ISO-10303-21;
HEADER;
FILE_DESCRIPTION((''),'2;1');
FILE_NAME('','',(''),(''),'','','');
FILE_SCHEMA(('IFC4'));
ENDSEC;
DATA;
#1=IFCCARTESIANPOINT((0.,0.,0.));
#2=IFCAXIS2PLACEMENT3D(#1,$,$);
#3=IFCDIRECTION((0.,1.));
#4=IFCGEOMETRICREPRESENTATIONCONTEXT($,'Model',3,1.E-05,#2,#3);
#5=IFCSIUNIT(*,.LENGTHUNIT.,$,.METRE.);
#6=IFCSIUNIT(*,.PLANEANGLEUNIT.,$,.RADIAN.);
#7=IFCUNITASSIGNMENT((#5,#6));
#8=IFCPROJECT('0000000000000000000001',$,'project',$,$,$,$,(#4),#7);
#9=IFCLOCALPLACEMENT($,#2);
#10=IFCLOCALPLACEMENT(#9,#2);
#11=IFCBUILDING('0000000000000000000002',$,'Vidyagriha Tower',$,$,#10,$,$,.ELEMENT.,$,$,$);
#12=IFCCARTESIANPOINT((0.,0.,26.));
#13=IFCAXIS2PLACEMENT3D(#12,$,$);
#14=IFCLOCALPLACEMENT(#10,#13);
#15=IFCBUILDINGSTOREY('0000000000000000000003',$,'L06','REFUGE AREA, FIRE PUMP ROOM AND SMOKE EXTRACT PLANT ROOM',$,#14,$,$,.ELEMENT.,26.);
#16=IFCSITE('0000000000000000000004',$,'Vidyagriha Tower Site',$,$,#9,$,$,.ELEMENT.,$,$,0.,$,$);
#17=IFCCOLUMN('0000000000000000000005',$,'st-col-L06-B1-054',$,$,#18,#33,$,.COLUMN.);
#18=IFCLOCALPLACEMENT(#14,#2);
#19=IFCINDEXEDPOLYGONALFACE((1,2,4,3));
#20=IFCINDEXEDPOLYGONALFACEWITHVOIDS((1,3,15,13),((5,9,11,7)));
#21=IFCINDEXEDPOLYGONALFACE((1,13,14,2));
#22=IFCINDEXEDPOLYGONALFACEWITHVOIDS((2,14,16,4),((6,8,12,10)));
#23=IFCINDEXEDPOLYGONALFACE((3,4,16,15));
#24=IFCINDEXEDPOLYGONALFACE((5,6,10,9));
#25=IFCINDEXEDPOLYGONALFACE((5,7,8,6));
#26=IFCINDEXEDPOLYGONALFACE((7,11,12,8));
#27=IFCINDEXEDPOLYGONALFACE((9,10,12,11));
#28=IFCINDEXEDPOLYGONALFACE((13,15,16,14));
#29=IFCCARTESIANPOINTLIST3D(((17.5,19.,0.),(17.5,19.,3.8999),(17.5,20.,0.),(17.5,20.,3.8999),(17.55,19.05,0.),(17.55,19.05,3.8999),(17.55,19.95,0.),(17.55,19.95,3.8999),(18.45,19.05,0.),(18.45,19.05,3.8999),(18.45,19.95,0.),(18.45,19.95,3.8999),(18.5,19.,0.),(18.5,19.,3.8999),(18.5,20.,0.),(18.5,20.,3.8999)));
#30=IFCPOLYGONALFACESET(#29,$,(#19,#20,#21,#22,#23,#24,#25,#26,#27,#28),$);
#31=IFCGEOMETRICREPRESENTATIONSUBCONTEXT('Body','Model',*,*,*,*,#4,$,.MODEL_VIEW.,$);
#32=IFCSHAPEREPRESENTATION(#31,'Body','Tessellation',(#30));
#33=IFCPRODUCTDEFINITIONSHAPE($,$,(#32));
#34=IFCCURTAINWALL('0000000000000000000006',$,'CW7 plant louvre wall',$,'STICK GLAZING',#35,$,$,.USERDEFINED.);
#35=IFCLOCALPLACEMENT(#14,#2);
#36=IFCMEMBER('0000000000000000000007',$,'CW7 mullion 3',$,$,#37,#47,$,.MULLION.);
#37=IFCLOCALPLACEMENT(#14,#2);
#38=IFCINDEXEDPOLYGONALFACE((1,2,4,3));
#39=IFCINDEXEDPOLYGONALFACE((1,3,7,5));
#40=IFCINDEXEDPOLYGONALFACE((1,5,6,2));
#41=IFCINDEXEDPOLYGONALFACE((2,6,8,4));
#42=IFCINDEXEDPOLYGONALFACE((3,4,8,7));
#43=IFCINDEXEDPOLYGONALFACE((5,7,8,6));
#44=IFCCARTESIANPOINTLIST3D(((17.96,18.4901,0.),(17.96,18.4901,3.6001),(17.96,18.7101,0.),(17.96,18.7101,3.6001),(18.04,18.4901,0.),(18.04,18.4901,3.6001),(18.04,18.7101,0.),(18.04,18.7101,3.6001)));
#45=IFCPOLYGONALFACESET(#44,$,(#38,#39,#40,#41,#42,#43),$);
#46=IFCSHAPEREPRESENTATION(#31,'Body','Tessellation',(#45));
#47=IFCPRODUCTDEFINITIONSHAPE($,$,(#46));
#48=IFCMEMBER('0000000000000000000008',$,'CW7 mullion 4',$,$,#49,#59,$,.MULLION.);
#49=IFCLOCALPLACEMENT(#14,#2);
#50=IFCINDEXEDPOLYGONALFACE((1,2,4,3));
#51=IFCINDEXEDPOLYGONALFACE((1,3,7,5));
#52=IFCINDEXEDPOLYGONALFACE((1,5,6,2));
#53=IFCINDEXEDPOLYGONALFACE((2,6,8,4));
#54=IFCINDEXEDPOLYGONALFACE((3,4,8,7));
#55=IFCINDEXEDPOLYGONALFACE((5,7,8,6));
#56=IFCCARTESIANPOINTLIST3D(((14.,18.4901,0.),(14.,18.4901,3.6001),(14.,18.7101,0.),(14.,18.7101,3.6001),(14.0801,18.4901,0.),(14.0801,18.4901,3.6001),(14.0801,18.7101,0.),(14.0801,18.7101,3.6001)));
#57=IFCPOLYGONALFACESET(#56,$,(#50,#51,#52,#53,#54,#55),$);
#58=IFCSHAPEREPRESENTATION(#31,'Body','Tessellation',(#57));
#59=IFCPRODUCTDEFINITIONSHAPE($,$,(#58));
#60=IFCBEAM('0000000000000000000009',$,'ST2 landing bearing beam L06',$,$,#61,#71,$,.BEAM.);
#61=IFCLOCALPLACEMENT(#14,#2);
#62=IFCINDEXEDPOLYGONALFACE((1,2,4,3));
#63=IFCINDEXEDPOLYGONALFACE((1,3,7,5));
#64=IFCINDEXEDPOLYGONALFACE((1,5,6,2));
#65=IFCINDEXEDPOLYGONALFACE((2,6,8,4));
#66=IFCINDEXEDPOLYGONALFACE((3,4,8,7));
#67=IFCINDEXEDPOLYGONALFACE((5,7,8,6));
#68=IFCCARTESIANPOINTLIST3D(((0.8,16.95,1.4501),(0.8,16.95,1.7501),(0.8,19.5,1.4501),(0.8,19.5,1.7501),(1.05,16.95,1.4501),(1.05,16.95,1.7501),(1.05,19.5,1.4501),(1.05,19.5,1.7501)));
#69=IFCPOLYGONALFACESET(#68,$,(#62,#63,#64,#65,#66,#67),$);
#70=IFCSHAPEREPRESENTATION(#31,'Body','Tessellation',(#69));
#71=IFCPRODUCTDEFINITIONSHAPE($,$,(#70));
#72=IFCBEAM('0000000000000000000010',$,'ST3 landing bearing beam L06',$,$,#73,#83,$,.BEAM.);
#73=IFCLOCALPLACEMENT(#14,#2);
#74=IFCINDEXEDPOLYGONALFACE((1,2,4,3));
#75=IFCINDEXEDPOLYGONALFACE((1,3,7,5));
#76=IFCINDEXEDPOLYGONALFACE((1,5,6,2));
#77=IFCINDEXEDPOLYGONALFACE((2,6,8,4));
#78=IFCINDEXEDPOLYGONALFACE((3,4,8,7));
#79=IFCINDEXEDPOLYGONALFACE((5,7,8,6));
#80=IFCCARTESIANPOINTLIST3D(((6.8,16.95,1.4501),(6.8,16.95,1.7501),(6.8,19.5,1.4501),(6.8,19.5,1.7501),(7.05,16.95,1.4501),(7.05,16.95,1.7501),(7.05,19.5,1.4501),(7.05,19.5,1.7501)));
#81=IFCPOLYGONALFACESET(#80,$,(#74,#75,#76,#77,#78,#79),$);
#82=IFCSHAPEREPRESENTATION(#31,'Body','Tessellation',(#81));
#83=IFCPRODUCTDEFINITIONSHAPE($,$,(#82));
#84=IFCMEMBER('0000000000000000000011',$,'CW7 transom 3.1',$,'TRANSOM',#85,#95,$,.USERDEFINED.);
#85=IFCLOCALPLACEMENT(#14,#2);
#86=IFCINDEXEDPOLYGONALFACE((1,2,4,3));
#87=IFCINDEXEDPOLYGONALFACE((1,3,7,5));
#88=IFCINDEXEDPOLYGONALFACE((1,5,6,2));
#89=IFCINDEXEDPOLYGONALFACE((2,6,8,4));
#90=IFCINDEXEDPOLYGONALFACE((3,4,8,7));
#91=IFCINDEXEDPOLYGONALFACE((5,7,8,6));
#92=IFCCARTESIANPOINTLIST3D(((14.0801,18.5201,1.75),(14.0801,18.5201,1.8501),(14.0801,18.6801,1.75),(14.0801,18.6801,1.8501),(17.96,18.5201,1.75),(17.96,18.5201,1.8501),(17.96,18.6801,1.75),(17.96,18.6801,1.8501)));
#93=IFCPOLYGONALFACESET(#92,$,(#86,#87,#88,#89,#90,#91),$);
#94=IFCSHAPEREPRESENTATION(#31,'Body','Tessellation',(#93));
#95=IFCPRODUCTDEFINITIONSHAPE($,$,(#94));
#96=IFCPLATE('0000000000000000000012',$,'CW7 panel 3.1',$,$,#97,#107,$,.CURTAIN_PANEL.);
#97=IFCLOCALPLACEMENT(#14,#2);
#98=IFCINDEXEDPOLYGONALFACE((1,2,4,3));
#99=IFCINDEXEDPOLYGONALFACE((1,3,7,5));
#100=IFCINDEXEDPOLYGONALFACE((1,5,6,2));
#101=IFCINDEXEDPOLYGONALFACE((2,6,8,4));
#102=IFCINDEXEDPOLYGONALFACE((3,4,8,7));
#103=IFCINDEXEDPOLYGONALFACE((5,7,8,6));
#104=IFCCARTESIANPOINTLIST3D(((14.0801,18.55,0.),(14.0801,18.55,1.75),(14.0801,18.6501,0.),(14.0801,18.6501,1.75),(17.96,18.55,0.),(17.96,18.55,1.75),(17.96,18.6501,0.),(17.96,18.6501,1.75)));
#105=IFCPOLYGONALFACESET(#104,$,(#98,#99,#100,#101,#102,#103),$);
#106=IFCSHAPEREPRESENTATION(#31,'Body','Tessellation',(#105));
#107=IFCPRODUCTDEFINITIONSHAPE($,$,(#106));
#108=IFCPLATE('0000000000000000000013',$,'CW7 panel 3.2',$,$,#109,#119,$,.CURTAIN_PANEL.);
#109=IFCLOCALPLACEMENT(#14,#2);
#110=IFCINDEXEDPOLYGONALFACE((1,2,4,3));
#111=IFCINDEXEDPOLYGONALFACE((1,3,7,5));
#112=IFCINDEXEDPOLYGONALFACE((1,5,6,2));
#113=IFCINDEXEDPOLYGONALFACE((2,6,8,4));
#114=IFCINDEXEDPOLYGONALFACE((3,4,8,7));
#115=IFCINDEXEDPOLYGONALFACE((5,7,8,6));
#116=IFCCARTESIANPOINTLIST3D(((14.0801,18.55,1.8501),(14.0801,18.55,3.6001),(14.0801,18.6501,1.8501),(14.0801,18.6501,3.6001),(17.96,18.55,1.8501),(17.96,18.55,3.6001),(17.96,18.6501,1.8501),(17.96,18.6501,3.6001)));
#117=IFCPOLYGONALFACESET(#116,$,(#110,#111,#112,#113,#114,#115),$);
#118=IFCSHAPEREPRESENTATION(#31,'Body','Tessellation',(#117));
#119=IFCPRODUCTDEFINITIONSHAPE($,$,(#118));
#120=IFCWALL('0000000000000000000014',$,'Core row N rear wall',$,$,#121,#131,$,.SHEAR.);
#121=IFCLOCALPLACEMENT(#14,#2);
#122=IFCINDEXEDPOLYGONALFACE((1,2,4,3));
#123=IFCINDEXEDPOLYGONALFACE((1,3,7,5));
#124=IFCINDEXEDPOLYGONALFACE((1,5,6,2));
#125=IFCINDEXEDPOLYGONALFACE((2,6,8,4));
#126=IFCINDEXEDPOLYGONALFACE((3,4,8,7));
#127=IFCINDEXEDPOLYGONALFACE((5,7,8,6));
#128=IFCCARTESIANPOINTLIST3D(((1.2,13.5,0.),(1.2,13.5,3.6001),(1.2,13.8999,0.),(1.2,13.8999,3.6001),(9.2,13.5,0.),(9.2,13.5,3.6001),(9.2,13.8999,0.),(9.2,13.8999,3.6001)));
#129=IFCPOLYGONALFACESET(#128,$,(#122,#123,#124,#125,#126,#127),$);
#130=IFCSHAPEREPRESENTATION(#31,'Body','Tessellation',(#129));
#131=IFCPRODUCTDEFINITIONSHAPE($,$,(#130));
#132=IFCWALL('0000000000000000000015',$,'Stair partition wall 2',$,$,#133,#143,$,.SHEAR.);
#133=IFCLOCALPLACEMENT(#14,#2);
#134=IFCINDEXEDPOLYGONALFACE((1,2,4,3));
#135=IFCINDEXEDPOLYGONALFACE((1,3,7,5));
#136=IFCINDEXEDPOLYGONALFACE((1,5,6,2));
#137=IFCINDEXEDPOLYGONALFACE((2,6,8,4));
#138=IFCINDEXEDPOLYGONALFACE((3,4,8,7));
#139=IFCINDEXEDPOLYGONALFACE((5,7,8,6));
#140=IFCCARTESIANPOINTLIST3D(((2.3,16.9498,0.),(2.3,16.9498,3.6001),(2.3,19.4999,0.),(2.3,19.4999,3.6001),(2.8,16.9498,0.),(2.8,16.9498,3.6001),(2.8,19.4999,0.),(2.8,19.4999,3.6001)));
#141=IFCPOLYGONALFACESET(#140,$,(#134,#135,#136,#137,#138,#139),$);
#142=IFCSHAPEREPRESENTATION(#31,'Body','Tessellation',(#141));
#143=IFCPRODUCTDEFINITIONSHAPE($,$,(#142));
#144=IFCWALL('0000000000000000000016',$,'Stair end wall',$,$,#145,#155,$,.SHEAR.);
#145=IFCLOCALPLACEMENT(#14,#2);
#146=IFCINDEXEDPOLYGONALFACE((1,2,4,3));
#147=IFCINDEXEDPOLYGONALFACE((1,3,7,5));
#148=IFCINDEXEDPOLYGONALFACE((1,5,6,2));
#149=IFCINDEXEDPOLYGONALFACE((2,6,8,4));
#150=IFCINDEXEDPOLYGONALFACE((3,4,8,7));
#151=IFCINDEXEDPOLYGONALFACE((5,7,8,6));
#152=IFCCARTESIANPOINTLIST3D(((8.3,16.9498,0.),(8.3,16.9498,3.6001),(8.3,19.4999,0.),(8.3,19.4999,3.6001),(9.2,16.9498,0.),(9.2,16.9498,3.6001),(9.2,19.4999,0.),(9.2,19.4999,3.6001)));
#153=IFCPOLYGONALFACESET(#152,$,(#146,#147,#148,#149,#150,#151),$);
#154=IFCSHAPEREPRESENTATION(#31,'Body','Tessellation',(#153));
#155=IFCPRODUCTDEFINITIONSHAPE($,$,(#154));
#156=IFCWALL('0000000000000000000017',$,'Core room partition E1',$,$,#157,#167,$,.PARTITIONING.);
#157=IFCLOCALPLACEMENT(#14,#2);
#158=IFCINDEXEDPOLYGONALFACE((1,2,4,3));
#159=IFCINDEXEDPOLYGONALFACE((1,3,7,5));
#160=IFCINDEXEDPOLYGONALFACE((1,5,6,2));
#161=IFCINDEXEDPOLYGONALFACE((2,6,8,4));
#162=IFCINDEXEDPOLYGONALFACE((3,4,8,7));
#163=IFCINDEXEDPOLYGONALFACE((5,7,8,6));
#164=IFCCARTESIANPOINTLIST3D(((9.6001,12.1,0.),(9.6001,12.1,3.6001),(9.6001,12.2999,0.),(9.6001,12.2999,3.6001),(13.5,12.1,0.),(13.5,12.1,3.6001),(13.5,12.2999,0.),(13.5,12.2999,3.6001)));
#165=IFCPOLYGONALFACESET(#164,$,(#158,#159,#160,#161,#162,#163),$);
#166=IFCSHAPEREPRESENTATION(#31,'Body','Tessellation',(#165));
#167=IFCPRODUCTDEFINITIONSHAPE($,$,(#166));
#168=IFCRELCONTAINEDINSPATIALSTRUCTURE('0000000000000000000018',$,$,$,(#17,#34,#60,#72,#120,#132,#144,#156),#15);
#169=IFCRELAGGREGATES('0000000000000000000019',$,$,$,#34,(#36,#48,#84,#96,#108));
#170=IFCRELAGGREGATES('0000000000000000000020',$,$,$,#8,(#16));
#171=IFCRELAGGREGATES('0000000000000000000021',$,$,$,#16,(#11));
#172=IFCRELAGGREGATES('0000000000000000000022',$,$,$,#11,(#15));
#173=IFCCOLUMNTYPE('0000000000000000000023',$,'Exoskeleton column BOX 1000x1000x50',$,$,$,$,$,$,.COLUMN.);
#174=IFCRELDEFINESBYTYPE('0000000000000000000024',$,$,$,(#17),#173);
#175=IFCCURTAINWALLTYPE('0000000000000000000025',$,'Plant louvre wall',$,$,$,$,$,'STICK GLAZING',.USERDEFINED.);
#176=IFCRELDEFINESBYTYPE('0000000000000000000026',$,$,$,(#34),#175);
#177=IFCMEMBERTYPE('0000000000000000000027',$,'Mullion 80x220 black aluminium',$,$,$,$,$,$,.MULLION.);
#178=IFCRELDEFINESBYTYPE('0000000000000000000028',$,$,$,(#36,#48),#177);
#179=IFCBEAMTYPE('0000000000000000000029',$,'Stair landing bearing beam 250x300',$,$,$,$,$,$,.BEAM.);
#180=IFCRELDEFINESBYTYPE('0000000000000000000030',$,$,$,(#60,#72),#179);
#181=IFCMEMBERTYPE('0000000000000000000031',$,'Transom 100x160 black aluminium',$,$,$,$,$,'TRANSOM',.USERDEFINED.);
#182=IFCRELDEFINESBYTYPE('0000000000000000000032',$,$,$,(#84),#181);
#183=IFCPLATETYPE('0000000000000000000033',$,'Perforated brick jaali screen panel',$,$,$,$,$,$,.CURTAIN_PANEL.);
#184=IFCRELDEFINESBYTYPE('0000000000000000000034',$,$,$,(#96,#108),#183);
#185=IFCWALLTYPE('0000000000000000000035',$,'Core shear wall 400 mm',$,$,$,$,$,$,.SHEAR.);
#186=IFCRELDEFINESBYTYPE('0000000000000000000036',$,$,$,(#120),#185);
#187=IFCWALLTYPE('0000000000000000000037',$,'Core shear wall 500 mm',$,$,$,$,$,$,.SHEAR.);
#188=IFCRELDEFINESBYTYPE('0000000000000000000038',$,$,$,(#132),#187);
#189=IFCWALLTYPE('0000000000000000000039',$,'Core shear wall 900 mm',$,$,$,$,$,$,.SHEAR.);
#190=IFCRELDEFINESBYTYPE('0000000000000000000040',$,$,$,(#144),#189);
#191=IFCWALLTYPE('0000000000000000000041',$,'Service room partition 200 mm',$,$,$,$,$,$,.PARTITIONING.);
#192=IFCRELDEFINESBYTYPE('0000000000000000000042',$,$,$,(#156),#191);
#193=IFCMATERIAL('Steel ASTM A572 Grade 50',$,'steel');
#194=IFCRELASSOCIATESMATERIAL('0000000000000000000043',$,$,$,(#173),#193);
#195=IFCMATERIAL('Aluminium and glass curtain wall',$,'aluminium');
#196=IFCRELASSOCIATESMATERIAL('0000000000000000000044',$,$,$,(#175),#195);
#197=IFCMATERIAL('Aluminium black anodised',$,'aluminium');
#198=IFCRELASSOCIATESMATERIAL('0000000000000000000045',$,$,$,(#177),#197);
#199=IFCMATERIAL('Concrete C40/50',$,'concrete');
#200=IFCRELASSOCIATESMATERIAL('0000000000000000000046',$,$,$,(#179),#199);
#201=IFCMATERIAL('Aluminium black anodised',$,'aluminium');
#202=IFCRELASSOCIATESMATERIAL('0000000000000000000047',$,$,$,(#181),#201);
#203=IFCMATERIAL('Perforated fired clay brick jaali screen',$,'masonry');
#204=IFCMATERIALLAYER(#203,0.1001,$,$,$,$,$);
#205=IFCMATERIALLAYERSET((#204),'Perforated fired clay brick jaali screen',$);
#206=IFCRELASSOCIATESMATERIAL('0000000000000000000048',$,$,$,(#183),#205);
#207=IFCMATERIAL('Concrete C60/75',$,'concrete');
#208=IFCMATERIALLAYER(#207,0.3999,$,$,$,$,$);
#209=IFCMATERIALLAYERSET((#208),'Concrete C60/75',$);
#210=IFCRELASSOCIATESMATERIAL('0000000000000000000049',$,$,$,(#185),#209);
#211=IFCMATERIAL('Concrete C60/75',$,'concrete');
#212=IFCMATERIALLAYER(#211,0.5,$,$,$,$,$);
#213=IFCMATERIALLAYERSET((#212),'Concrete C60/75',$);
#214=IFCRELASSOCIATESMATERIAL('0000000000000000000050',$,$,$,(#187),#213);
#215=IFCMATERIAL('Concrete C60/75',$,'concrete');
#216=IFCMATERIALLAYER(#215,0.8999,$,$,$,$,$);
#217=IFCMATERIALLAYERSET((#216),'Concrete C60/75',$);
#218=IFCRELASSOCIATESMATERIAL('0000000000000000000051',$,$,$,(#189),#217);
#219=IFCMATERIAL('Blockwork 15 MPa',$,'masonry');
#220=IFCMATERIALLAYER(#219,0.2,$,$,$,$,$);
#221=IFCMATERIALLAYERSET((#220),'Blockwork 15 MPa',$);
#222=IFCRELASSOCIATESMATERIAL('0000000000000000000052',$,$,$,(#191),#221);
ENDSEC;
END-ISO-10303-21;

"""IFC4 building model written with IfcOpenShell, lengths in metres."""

from ifc_helpers import new_model, si_unit, direction, frame, frame_2d, origin, origin_2d, place, context, subcontext, project, spatial, rectangle, hollow_rectangle, extrude, material, layer, layer_set, material_profile, profile_set, type_object, element, aggregate, save


model = new_model("IFC4")

# Units and contexts
model_context = context("Model", 3, precision=1e-05, world=origin(), true_north=direction((0.0, 1.0)))
body_context = subcontext(model_context, "Body", "Model", "MODEL_VIEW")
ifc_project = project(units=[si_unit("LENGTHUNIT", "METRE"), si_unit("PLANEANGLEUNIT", "RADIAN")], contexts=[model_context])

# Site, building, storey
site_placement = place(None, origin())
site = spatial("IfcSite", under=ifc_project, at=site_placement, Name="Vidyagriha Tower Site", CompositionType="ELEMENT", RefElevation=0.0)
building_placement = place(site_placement, origin())
building = spatial("IfcBuilding", under=site, at=building_placement, Name="Vidyagriha Tower", CompositionType="ELEMENT")
storey_placement = place(building_placement, frame((0.0, 0.0, 26.0)))
storey = spatial("IfcBuildingStorey", under=building, at=storey_placement, Name="L06", Description="REFUGE AREA, FIRE PUMP ROOM AND SMOKE EXTRACT PLANT ROOM", CompositionType="ELEMENT", Elevation=26.0)

# Column
ifc_material_1 = material(Name="Steel ASTM A572 Grade 50", Category="steel")
ifc_material_profile_1 = material_profile(ifc_material_1, hollow_rectangle(XDim=1.0, YDim=1.0, WallThickness=0.05, at=origin_2d()), Name="BOX 1000x1000x50")
ifc_profile_set_1 = profile_set([ifc_material_profile_1], Name="Steel ASTM A572 Grade 50")
column_type = type_object("IfcColumnType", Name="Exoskeleton column BOX 1000x1000x50", PredefinedType="COLUMN", material=ifc_profile_set_1)
column_placement = place(storey_placement, frame((18.0, 19.5, 0.0)))
element("IfcColumn", 1, at=column_placement, inside=storey, type_object=column_type, Name="st-col-L06-B1-054", PredefinedType="COLUMN", context=body_context, shape_type="SweptSolid", body=[
    extrude(hollow_rectangle(XDim=1.0, YDim=1.0, WallThickness=0.05, at=origin_2d()), origin(), (0.0, 0.0, 1.0), 3.8999),
])

# Curtain wall, members
ifc_material_2 = material(Name="Aluminium and glass curtain wall", Category="aluminium")
curtain_wall_type = type_object("IfcCurtainWallType", Name="Plant louvre wall", ElementType="STICK GLAZING", PredefinedType="USERDEFINED", material=ifc_material_2)
curtain_wall_placement = place(storey_placement, origin())
curtain_wall = element("IfcCurtainWall", 2, at=curtain_wall_placement, inside=storey, type_object=curtain_wall_type, Name="CW7 plant louvre wall", ObjectType="STICK GLAZING", PredefinedType="USERDEFINED")
ifc_material_3 = material(Name="Aluminium black anodised", Category="aluminium")
ifc_material_profile_2 = material_profile(ifc_material_3, rectangle(XDim=0.22, YDim=0.0801, at=origin_2d()), Name="Mullion 80x220 black aluminium")
ifc_profile_set_2 = profile_set([ifc_material_profile_2], Name="Aluminium black anodised")
member_type_1 = type_object("IfcMemberType", Name="Mullion 80x220 black aluminium", PredefinedType="MULLION", material=ifc_profile_set_2)
member_1_placement = place(storey_placement, frame((18.0, 18.6001, 0.0), z_axis=(0.0, 0.0, 1.0), x_axis=(0.0, -1.0, 0.0)))
member_1 = element("IfcMember", 3, at=member_1_placement, type_object=member_type_1, Name="CW7 mullion 3", PredefinedType="MULLION", context=body_context, shape_type="SweptSolid", body=[
    extrude(rectangle(XDim=0.22, YDim=0.0801, at=origin_2d()), origin(), (0.0, 0.0, 1.0), 3.6001),
])
member_2_placement = place(storey_placement, frame((14.04, 18.6001, 0.0), z_axis=(0.0, 0.0, 1.0), x_axis=(0.0, -1.0, 0.0)))
member_2 = element("IfcMember", 4, at=member_2_placement, type_object=member_type_1, Name="CW7 mullion 4", PredefinedType="MULLION", context=body_context, shape_type="SweptSolid", body=[
    extrude(rectangle(XDim=0.22, YDim=0.0801, at=origin_2d()), origin(), (0.0, 0.0, 1.0), 3.6001),
])

# Beams
ifc_material_4 = material(Name="Concrete C40/50", Category="concrete")
ifc_material_profile_3 = material_profile(ifc_material_4, rectangle(XDim=0.25, YDim=0.3, at=origin_2d()), Name="Stair landing bearing beam 250x300")
ifc_profile_set_3 = profile_set([ifc_material_profile_3], Name="Concrete C40/50")
beam_type = type_object("IfcBeamType", Name="Stair landing bearing beam 250x300", PredefinedType="BEAM", material=ifc_profile_set_3)
for number, where, z_axis, x_axis, name in (
    (5, (0.925, 16.95, 1.6001), (0.0, 1.0, 0.0), (-1.0, 0.0, 0.0), "ST2 landing bearing beam L06"),
    (6, (6.925, 16.95, 1.6001), (0.0, 1.0, 0.0), (-1.0, 0.0, 0.0), "ST3 landing bearing beam L06"),
):
    element("IfcBeam", number, at=place(storey_placement, frame(where, z_axis=z_axis, x_axis=x_axis)), inside=storey, type_object=beam_type, Name=name, PredefinedType="BEAM", context=body_context, shape_type="SweptSolid", body=[
        extrude(rectangle(XDim=0.25, YDim=0.3, at=origin_2d()), origin(), (0.0, 0.0, 1.0), 2.55),
    ])

# Member
ifc_material_5 = material(Name="Aluminium black anodised", Category="aluminium")
ifc_material_profile_4 = material_profile(ifc_material_5, rectangle(XDim=0.1599, YDim=0.1001, at=origin_2d()), Name="Transom 100x160 black aluminium")
ifc_profile_set_4 = profile_set([ifc_material_profile_4], Name="Aluminium black anodised")
member_type_2 = type_object("IfcMemberType", Name="Transom 100x160 black aluminium", ElementType="TRANSOM", PredefinedType="USERDEFINED", material=ifc_profile_set_4)
member_3_placement = place(storey_placement, frame((17.96, 18.6001, 1.8), z_axis=(-1.0, 0.0, 0.0), x_axis=(0.0, -1.0, 0.0)))
member_3 = element("IfcMember", 7, at=member_3_placement, type_object=member_type_2, Name="CW7 transom 3.1", ObjectType="TRANSOM", PredefinedType="USERDEFINED", context=body_context, shape_type="SweptSolid", body=[
    extrude(rectangle(XDim=0.1599, YDim=0.1001, at=origin_2d()), origin(), (0.0, 0.0, 1.0), 3.8799),
])

# Plates
ifc_material_6 = material(Name="Perforated fired clay brick jaali screen", Category="masonry")
ifc_layer_1 = layer(ifc_material_6, 0.1001)
ifc_layer_set_1 = layer_set([ifc_layer_1], Name="Perforated fired clay brick jaali screen")
plate_type = type_object("IfcPlateType", Name="Perforated brick jaali screen panel", PredefinedType="CURTAIN_PANEL", material=ifc_layer_set_1)
plate_1_placement = place(storey_placement, frame((16.02, 18.6001, 0.0), z_axis=(0.0, 0.0, 1.0), x_axis=(-1.0, 0.0, 0.0)))
plate_1 = element("IfcPlate", 8, at=plate_1_placement, type_object=plate_type, Name="CW7 panel 3.1", PredefinedType="CURTAIN_PANEL", context=body_context, shape_type="SweptSolid", body=[
    extrude(rectangle(XDim=3.8799, YDim=0.1001, at=origin_2d()), origin(), (0.0, 0.0, 1.0), 1.75),
])
plate_2_placement = place(storey_placement, frame((16.02, 18.6001, 1.8501), z_axis=(0.0, 0.0, 1.0), x_axis=(-1.0, 0.0, 0.0)))
plate_2 = element("IfcPlate", 9, at=plate_2_placement, type_object=plate_type, Name="CW7 panel 3.2", PredefinedType="CURTAIN_PANEL", context=body_context, shape_type="SweptSolid", body=[
    extrude(rectangle(XDim=3.8799, YDim=0.1001, at=origin_2d()), origin(), (0.0, 0.0, 1.0), 1.75),
])
aggregate(curtain_wall, [member_1, member_2, member_3, plate_1, plate_2])

# Walls
ifc_material_7 = material(Name="Concrete C60/75", Category="concrete")
ifc_layer_2 = layer(ifc_material_7, 0.3999)
ifc_layer_set_2 = layer_set([ifc_layer_2], Name="Concrete C60/75")
wall_type_1 = type_object("IfcWallType", Name="Core shear wall 400 mm", PredefinedType="SHEAR", material=ifc_layer_set_2)
wall_1_placement = place(storey_placement, frame((1.2, 13.7, 0.0)))
element("IfcWall", 10, at=wall_1_placement, inside=storey, type_object=wall_type_1, Name="Core row N rear wall", PredefinedType="SHEAR", context=body_context, shape_type="SweptSolid", body=[
    extrude(rectangle(XDim=8.0, YDim=0.3999, at=frame_2d((4.0, 0.0))), origin(), (0.0, 0.0, 1.0), 3.6001),
])
ifc_material_8 = material(Name="Concrete C60/75", Category="concrete")
ifc_layer_3 = layer(ifc_material_8, 0.5)
ifc_layer_set_3 = layer_set([ifc_layer_3], Name="Concrete C60/75")
wall_type_2 = type_object("IfcWallType", Name="Core shear wall 500 mm", PredefinedType="SHEAR", material=ifc_layer_set_3)
wall_2_placement = place(storey_placement, frame((2.55, 16.95, 0.0), z_axis=(0.0, 0.0, 1.0), x_axis=(0.0, 1.0, 0.0)))
element("IfcWall", 11, at=wall_2_placement, inside=storey, type_object=wall_type_2, Name="Stair partition wall 2", PredefinedType="SHEAR", context=body_context, shape_type="SweptSolid", body=[
    extrude(rectangle(XDim=2.55, YDim=0.5, at=frame_2d((1.2749, 0.0))), origin(), (0.0, 0.0, 1.0), 3.6001),
])
ifc_material_9 = material(Name="Concrete C60/75", Category="concrete")
ifc_layer_4 = layer(ifc_material_9, 0.8999)
ifc_layer_set_4 = layer_set([ifc_layer_4], Name="Concrete C60/75")
wall_type_3 = type_object("IfcWallType", Name="Core shear wall 900 mm", PredefinedType="SHEAR", material=ifc_layer_set_4)
wall_3_placement = place(storey_placement, frame((8.75, 16.95, 0.0), z_axis=(0.0, 0.0, 1.0), x_axis=(0.0, 1.0, 0.0)))
element("IfcWall", 12, at=wall_3_placement, inside=storey, type_object=wall_type_3, Name="Stair end wall", PredefinedType="SHEAR", context=body_context, shape_type="SweptSolid", body=[
    extrude(rectangle(XDim=2.55, YDim=0.8999, at=frame_2d((1.2749, 0.0))), origin(), (0.0, 0.0, 1.0), 3.6001),
])
ifc_material_10 = material(Name="Blockwork 15 MPa", Category="masonry")
ifc_layer_5 = layer(ifc_material_10, 0.2)
ifc_layer_set_5 = layer_set([ifc_layer_5], Name="Blockwork 15 MPa")
wall_type_4 = type_object("IfcWallType", Name="Service room partition 200 mm", PredefinedType="PARTITIONING", material=ifc_layer_set_5)
wall_4_placement = place(storey_placement, frame((9.6001, 12.2, 0.0)))
element("IfcWall", 13, at=wall_4_placement, inside=storey, type_object=wall_type_4, Name="Core room partition E1", PredefinedType="PARTITIONING", context=body_context, shape_type="SweptSolid", body=[
    extrude(rectangle(XDim=3.8999, YDim=0.2, at=frame_2d((1.95, 0.0))), origin(), (0.0, 0.0, 1.0), 3.6001),
])

save(model, "model.ifc")
